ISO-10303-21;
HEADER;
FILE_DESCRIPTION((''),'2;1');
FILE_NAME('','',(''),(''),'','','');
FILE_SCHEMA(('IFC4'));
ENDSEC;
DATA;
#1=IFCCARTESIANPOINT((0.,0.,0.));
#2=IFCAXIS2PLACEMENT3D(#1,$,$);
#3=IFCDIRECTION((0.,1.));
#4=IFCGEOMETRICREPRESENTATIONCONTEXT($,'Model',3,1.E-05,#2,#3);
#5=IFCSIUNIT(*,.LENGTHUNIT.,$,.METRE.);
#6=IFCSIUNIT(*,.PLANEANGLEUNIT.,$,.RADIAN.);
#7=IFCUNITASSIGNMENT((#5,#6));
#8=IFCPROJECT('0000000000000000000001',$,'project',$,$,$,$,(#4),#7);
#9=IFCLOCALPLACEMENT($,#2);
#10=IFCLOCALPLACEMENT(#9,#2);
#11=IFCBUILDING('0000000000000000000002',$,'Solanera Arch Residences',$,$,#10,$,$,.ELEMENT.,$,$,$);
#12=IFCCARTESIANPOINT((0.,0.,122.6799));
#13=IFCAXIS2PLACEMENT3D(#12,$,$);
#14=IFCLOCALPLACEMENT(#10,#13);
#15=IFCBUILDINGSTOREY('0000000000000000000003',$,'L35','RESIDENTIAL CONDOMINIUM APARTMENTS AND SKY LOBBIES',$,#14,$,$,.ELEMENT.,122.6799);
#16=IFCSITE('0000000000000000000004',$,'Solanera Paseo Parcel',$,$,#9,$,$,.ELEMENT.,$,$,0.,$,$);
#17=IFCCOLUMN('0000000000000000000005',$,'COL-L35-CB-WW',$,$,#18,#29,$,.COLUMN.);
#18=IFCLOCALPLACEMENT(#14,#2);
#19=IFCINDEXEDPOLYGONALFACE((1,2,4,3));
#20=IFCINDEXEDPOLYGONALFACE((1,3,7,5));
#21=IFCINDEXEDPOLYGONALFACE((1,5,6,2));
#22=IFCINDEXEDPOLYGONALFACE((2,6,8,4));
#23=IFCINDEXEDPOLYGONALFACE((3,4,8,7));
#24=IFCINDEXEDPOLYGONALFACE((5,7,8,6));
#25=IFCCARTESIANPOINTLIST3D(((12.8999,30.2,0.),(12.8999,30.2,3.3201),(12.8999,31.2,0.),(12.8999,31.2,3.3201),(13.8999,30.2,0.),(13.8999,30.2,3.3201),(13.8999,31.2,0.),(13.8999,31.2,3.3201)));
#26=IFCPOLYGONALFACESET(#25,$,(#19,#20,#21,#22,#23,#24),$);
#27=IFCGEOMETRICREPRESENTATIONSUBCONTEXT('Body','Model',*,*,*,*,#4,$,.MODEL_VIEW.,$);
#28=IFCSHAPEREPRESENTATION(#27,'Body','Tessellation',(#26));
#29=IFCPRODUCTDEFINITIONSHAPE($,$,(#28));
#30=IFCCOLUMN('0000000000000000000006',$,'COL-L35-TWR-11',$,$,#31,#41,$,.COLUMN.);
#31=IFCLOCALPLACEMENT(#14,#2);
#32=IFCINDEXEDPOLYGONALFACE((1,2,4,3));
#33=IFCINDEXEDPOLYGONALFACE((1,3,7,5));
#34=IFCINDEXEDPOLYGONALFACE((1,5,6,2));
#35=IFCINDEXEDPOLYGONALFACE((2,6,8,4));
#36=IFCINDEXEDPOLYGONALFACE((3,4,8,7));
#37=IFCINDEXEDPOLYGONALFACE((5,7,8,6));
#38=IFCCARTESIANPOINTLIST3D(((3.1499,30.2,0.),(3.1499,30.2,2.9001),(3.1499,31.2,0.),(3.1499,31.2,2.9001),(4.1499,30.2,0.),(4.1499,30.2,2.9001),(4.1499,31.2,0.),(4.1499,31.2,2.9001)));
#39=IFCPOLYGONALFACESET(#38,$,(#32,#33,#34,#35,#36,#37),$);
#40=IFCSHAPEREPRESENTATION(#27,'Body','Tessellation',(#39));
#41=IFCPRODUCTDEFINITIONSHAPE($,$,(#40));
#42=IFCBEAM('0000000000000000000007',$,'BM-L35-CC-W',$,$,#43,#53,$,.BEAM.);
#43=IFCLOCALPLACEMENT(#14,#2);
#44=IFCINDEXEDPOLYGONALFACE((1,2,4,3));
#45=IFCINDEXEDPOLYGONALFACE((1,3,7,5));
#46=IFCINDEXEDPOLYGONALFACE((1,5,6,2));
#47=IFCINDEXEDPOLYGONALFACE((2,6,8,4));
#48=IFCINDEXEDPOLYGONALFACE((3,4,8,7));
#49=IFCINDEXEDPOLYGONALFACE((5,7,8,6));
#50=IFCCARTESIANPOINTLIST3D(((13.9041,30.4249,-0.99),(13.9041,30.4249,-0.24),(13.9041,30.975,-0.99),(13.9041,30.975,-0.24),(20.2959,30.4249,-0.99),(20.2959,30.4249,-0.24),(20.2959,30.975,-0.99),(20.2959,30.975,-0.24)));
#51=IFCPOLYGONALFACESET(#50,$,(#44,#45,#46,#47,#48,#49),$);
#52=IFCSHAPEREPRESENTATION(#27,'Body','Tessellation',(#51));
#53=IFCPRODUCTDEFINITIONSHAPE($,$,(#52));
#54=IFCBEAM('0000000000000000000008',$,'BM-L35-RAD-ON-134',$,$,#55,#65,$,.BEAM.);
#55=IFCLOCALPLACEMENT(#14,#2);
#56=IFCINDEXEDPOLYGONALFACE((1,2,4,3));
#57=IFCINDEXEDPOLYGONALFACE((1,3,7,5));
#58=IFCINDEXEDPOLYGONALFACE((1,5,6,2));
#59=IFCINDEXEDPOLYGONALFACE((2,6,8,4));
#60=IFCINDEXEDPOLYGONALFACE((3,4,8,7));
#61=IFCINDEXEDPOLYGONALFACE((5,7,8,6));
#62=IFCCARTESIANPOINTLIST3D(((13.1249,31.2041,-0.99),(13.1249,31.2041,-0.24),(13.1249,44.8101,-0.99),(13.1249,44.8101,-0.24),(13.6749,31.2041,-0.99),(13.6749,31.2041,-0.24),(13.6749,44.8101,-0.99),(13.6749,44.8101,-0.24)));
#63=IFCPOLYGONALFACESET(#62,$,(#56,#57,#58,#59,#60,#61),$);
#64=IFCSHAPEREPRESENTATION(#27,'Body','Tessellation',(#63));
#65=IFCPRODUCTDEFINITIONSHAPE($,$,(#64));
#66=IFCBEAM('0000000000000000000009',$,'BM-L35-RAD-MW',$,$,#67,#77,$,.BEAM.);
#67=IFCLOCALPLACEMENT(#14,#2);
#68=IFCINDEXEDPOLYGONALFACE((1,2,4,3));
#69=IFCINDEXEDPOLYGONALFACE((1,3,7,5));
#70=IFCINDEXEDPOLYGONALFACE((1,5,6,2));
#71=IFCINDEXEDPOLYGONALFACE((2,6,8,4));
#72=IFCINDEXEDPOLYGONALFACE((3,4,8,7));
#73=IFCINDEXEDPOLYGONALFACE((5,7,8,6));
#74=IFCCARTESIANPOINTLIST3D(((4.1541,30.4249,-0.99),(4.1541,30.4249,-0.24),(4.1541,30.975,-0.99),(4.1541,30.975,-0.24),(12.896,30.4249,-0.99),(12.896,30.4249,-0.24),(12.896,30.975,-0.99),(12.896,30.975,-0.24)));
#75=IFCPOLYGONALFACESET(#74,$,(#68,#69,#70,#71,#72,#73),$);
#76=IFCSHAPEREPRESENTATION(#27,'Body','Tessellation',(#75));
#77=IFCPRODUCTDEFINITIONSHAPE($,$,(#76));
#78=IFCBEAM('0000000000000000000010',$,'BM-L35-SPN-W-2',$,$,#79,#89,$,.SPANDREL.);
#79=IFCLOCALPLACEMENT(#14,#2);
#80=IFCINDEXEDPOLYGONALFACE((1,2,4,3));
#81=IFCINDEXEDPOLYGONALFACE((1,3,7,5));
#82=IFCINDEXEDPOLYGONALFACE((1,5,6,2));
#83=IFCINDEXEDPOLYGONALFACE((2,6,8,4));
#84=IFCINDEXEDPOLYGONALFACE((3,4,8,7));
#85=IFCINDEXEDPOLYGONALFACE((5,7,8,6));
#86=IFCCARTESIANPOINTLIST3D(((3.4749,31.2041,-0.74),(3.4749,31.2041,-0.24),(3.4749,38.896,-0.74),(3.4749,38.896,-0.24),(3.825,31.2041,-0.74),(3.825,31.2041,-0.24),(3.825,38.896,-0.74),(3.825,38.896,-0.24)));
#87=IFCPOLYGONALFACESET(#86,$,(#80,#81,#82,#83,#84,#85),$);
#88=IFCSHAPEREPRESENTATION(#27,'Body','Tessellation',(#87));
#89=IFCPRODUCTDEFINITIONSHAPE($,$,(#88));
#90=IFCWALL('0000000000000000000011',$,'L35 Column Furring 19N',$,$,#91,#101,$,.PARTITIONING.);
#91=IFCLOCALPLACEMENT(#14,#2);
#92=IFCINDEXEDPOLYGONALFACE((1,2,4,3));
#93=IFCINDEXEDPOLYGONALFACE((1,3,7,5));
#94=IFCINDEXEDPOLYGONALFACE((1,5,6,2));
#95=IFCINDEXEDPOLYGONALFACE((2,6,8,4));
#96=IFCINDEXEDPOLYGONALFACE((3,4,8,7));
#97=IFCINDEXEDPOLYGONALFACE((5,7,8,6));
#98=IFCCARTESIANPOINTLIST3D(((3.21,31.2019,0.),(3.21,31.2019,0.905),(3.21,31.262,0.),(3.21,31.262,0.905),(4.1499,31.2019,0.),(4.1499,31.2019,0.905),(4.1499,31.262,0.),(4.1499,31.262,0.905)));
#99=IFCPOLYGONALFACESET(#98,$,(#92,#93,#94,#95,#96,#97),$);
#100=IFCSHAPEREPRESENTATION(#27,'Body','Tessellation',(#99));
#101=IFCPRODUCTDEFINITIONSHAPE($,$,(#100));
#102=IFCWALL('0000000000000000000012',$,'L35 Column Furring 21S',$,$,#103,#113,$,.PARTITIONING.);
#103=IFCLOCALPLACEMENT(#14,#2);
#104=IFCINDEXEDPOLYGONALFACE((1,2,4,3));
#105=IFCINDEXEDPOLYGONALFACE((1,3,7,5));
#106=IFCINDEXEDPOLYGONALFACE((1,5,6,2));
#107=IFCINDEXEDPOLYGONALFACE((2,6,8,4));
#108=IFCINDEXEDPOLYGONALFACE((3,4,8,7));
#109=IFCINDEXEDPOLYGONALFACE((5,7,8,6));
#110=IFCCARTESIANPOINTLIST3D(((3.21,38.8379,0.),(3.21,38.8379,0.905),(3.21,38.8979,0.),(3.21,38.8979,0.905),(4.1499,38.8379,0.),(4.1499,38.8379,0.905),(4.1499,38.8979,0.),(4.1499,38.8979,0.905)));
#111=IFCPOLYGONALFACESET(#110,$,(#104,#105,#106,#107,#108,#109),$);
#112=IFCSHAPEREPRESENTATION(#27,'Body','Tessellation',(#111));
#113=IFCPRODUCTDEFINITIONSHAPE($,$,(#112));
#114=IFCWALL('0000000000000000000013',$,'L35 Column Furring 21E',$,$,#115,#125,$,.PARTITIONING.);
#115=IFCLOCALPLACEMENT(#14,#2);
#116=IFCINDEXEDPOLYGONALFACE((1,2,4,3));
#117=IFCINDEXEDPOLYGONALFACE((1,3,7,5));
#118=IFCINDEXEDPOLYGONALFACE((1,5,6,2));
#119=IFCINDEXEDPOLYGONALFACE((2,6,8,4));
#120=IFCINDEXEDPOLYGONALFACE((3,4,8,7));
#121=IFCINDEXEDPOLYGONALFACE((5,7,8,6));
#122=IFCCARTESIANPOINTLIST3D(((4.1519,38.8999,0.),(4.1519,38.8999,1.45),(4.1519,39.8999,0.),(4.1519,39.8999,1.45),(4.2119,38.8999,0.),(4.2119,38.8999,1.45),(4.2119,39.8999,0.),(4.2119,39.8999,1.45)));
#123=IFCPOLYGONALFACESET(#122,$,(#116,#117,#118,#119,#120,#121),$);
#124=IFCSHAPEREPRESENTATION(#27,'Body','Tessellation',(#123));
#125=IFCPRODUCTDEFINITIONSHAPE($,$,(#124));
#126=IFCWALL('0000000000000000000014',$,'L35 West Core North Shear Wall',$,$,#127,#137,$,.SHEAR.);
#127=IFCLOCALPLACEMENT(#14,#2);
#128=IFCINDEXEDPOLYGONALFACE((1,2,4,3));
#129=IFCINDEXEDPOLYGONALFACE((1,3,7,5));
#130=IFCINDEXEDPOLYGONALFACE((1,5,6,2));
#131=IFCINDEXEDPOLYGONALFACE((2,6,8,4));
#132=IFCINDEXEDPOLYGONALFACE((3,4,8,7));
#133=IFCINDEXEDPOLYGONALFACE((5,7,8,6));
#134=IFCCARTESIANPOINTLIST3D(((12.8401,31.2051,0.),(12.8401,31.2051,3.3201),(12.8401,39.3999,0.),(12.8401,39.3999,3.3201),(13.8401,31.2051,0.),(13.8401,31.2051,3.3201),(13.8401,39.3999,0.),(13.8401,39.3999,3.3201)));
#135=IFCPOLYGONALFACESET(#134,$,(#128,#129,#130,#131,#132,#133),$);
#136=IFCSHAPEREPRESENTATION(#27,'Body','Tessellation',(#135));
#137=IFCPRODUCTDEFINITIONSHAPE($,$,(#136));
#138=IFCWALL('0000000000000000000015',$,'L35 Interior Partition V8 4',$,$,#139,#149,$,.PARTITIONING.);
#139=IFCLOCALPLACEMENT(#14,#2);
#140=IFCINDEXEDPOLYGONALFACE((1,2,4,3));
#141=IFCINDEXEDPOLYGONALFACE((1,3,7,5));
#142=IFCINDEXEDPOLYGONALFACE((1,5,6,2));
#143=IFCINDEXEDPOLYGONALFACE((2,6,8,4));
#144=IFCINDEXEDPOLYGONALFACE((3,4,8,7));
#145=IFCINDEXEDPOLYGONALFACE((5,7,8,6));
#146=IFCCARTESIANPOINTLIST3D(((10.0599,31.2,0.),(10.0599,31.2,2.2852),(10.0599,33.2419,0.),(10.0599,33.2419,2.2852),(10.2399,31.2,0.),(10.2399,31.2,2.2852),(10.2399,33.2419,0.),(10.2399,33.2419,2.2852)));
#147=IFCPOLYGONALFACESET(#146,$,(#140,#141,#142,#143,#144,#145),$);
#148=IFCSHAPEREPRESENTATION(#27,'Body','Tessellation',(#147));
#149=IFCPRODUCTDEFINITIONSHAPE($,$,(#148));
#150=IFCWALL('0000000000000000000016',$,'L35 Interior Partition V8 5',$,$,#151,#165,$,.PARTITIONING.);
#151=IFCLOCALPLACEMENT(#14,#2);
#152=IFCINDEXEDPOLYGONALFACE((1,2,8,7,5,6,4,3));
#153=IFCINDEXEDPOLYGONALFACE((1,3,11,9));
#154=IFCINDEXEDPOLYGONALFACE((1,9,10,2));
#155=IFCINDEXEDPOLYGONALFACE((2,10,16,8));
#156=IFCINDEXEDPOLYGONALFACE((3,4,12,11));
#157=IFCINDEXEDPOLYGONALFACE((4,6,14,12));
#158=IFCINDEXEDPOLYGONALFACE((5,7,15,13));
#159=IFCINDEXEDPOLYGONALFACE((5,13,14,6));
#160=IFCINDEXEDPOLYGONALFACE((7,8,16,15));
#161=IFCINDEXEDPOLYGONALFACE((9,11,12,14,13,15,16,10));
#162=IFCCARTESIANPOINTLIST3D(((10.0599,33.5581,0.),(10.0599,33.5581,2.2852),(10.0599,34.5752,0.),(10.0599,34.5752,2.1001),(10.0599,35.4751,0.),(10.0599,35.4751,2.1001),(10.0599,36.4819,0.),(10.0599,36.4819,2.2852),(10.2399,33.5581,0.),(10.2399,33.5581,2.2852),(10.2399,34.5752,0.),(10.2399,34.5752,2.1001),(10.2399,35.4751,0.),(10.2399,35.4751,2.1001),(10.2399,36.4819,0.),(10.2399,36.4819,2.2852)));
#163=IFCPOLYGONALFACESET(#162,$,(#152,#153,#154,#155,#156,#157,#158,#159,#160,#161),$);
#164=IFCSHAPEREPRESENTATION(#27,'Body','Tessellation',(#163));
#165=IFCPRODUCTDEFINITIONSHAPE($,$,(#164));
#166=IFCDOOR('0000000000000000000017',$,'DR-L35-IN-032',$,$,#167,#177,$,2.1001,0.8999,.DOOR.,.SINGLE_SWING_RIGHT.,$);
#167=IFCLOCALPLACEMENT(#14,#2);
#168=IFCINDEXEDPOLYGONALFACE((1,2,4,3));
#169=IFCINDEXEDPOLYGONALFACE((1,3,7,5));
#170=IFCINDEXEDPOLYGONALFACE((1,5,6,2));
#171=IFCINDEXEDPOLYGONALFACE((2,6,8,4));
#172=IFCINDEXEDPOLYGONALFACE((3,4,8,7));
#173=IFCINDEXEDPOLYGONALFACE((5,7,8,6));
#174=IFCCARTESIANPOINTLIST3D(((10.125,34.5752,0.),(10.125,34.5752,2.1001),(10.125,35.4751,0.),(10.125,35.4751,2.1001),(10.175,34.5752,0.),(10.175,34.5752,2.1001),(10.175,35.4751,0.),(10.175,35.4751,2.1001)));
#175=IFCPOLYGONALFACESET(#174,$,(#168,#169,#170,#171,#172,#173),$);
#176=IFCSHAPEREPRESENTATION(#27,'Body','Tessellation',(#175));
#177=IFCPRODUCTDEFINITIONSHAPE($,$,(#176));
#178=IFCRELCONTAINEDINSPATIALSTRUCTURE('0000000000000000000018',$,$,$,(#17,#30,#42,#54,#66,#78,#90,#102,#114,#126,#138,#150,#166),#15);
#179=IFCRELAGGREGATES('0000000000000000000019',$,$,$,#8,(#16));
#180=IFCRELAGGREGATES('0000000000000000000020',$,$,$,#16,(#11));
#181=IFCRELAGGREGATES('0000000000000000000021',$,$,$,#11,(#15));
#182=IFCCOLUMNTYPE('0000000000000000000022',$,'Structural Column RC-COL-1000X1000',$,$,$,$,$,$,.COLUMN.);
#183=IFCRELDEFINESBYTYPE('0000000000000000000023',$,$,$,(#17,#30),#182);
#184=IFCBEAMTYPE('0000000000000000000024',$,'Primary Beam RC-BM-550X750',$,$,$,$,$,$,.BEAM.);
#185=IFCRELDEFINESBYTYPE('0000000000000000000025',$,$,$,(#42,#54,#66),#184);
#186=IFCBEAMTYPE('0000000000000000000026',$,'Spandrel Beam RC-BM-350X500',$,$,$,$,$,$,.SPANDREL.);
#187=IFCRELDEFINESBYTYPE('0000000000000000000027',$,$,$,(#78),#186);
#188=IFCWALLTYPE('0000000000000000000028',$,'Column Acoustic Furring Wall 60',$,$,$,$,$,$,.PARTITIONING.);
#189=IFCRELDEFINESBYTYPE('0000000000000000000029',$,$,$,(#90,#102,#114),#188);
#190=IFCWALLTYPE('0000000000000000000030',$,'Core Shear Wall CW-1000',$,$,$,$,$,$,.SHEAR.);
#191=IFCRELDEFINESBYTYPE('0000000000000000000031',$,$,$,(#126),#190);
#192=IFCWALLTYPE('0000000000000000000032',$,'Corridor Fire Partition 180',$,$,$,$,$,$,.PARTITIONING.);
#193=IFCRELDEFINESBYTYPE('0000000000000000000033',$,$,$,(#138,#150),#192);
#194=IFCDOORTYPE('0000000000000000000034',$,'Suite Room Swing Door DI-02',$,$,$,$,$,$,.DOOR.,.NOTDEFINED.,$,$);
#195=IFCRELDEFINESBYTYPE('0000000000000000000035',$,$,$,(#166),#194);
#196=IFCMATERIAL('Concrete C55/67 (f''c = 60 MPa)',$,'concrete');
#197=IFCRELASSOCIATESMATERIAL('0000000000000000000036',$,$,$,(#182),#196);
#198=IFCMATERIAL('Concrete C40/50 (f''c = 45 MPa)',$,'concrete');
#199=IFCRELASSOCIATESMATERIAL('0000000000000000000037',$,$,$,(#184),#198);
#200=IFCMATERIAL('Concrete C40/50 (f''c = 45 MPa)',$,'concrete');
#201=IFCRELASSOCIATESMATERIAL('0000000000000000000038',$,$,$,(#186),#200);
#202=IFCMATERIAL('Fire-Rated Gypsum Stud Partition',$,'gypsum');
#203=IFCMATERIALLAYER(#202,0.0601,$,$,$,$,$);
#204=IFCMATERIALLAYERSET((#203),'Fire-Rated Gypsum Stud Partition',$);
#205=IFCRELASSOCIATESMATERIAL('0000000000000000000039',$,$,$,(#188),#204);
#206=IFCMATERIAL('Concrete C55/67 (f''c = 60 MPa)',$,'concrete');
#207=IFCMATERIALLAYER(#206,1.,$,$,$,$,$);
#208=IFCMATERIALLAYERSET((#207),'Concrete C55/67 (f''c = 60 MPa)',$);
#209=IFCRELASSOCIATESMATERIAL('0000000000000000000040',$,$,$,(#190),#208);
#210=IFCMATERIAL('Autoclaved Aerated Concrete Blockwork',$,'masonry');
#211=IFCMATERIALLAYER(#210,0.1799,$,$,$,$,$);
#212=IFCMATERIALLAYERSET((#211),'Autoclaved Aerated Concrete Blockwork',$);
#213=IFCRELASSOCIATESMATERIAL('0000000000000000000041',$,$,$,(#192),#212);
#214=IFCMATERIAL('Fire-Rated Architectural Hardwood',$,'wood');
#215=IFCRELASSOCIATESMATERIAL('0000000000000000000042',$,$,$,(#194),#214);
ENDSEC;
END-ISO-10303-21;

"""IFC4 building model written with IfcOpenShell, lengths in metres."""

from ifc_helpers import new_model, si_unit, direction, frame, frame_2d, origin, origin_2d, place, context, subcontext, project, spatial, rectangle, extrude, material, layer, layer_set, material_profile, profile_set, type_object, element, fill, save


model = new_model("IFC4")

# Units and contexts
model_context = context("Model", 3, precision=1e-05, world=origin(), true_north=direction((0.0, 1.0)))
body_context = subcontext(model_context, "Body", "Model", "MODEL_VIEW")
ifc_project = project(units=[si_unit("LENGTHUNIT", "METRE"), si_unit("PLANEANGLEUNIT", "RADIAN")], contexts=[model_context])

# Site, building, storey
site_placement = place(None, origin())
site = spatial("IfcSite", under=ifc_project, at=site_placement, Name="Solanera Paseo Parcel", CompositionType="ELEMENT", RefElevation=0.0)
building_placement = place(site_placement, origin())
building = spatial("IfcBuilding", under=site, at=building_placement, Name="Solanera Arch Residences", CompositionType="ELEMENT")
storey_placement = place(building_placement, frame((0.0, 0.0, 122.6799)))
storey = spatial("IfcBuildingStorey", under=building, at=storey_placement, Name="L35", Description="RESIDENTIAL CONDOMINIUM APARTMENTS AND SKY LOBBIES", CompositionType="ELEMENT", Elevation=122.6799)

# Columns
ifc_material_1 = material(Name="Concrete C55/67 (f'c = 60 MPa)", Category="concrete")
ifc_material_profile_1 = material_profile(ifc_material_1, rectangle(XDim=1.0, YDim=1.0, at=origin_2d()))
ifc_profile_set_1 = profile_set([ifc_material_profile_1], Name="Concrete C55/67 (f'c = 60 MPa)")
column_type = type_object("IfcColumnType", Name="Structural Column RC-COL-1000X1000", PredefinedType="COLUMN", material=ifc_profile_set_1)
column_1_placement = place(storey_placement, frame((13.3999, 30.7, 0.0), z_axis=(0.0, 0.0, 1.0), x_axis=(1.0, 0.0, 0.0)))
element("IfcColumn", 1, at=column_1_placement, inside=storey, type_object=column_type, Name="COL-L35-CB-WW", PredefinedType="COLUMN", context=body_context, shape_type="SweptSolid", body=[
    extrude(rectangle(XDim=1.0, YDim=1.0, at=origin_2d()), origin(), (0.0, 0.0, 1.0), 3.3201),
])
column_2_placement = place(storey_placement, frame((3.6499, 30.7, 0.0), z_axis=(0.0, 0.0, 1.0), x_axis=(1.0, 0.0, 0.0)))
element("IfcColumn", 2, at=column_2_placement, inside=storey, type_object=column_type, Name="COL-L35-TWR-11", PredefinedType="COLUMN", context=body_context, shape_type="SweptSolid", body=[
    extrude(rectangle(XDim=1.0, YDim=1.0, at=origin_2d()), origin(), (0.0, 0.0, 1.0), 2.9001),
])

# Beams
ifc_material_2 = material(Name="Concrete C40/50 (f'c = 45 MPa)", Category="concrete")
ifc_material_profile_2 = material_profile(ifc_material_2, rectangle(XDim=0.55, YDim=0.75, at=origin_2d()))
ifc_profile_set_2 = profile_set([ifc_material_profile_2], Name="Concrete C40/50 (f'c = 45 MPa)")
beam_type_1 = type_object("IfcBeamType", Name="Primary Beam RC-BM-550X750", PredefinedType="BEAM", material=ifc_profile_set_2)
beam_1_placement = place(storey_placement, frame((13.9041, 30.7, -0.615), z_axis=(1.0, 0.0, 0.0), x_axis=(0.0, 1.0, 0.0)))
element("IfcBeam", 3, at=beam_1_placement, inside=storey, type_object=beam_type_1, Name="BM-L35-CC-W", PredefinedType="BEAM", context=body_context, shape_type="SweptSolid", body=[
    extrude(rectangle(XDim=0.55, YDim=0.75, at=origin_2d()), origin(), (0.0, 0.0, 1.0), 6.3918),
])
beam_2_placement = place(storey_placement, frame((13.3999, 31.2041, -0.615), z_axis=(0.0, 1.0, 0.0), x_axis=(-1.0, 0.0, 0.0)))
element("IfcBeam", 4, at=beam_2_placement, inside=storey, type_object=beam_type_1, Name="BM-L35-RAD-ON-134", PredefinedType="BEAM", context=body_context, shape_type="SweptSolid", body=[
    extrude(rectangle(XDim=0.55, YDim=0.75, at=origin_2d()), origin(), (0.0, 0.0, 1.0), 13.606),
])
beam_3_placement = place(storey_placement, frame((4.1541, 30.7, -0.615), z_axis=(1.0, 0.0, 0.0), x_axis=(0.0, 1.0, 0.0)))
element("IfcBeam", 5, at=beam_3_placement, inside=storey, type_object=beam_type_1, Name="BM-L35-RAD-MW", PredefinedType="BEAM", context=body_context, shape_type="SweptSolid", body=[
    extrude(rectangle(XDim=0.55, YDim=0.75, at=origin_2d()), origin(), (0.0, 0.0, 1.0), 8.7419),
])
ifc_material_3 = material(Name="Concrete C40/50 (f'c = 45 MPa)", Category="concrete")
ifc_material_profile_3 = material_profile(ifc_material_3, rectangle(XDim=0.3501, YDim=0.5, at=origin_2d()))
ifc_profile_set_3 = profile_set([ifc_material_profile_3], Name="Concrete C40/50 (f'c = 45 MPa)")
beam_type_2 = type_object("IfcBeamType", Name="Spandrel Beam RC-BM-350X500", PredefinedType="SPANDREL", material=ifc_profile_set_3)
beam_4_placement = place(storey_placement, frame((3.6499, 31.2041, -0.49), z_axis=(0.0, 1.0, 0.0), x_axis=(-1.0, 0.0, 0.0)))
element("IfcBeam", 6, at=beam_4_placement, inside=storey, type_object=beam_type_2, Name="BM-L35-SPN-W-2", PredefinedType="SPANDREL", context=body_context, shape_type="SweptSolid", body=[
    extrude(rectangle(XDim=0.3501, YDim=0.5, at=origin_2d()), origin(), (0.0, 0.0, 1.0), 7.6919),
])

# Walls
ifc_material_4 = material(Name="Fire-Rated Gypsum Stud Partition", Category="gypsum")
ifc_layer_1 = layer(ifc_material_4, 0.0601)
ifc_layer_set_1 = layer_set([ifc_layer_1], Name="Fire-Rated Gypsum Stud Partition")
wall_type_1 = type_object("IfcWallType", Name="Column Acoustic Furring Wall 60", PredefinedType="PARTITIONING", material=ifc_layer_set_1)
for number, where, z_axis, x_axis, name in (
    (7, (3.21, 31.2319, 0.0), (0.0, 0.0, 1.0), (1.0, 0.0, 0.0), "L35 Column Furring 19N"),
    (8, (3.21, 38.8679, 0.0), (0.0, 0.0, 1.0), (1.0, 0.0, 0.0), "L35 Column Furring 21S"),
):
    element("IfcWall", number, at=place(storey_placement, frame(where, z_axis=z_axis, x_axis=x_axis)), inside=storey, type_object=wall_type_1, Name=name, PredefinedType="PARTITIONING", context=body_context, shape_type="SweptSolid", body=[
        extrude(rectangle(XDim=0.9399, YDim=0.0601, at=frame_2d((0.47, 0.0))), origin(), (0.0, 0.0, 1.0), 0.905),
    ])
wall_1_placement = place(storey_placement, frame((4.1819, 38.8999, 0.0), z_axis=(0.0, 0.0, 1.0), x_axis=(0.0, 1.0, 0.0)))
element("IfcWall", 9, at=wall_1_placement, inside=storey, type_object=wall_type_1, Name="L35 Column Furring 21E", PredefinedType="PARTITIONING", context=body_context, shape_type="SweptSolid", body=[
    extrude(rectangle(XDim=1.0, YDim=0.0601, at=frame_2d((0.5, 0.0))), origin(), (0.0, 0.0, 1.0), 1.45),
])
ifc_material_5 = material(Name="Concrete C55/67 (f'c = 60 MPa)", Category="concrete")
ifc_layer_2 = layer(ifc_material_5, 1.0)
ifc_layer_set_2 = layer_set([ifc_layer_2], Name="Concrete C55/67 (f'c = 60 MPa)")
wall_type_2 = type_object("IfcWallType", Name="Core Shear Wall CW-1000", PredefinedType="SHEAR", material=ifc_layer_set_2)
wall_2_placement = place(storey_placement, frame((13.3401, 31.2051, 0.0), z_axis=(0.0, 0.0, 1.0), x_axis=(0.0, 1.0, 0.0)))
element("IfcWall", 10, at=wall_2_placement, inside=storey, type_object=wall_type_2, Name="L35 West Core North Shear Wall", PredefinedType="SHEAR", context=body_context, shape_type="SweptSolid", body=[
    extrude(rectangle(XDim=8.1948, YDim=1.0, at=frame_2d((4.0974, 0.0))), origin(), (0.0, 0.0, 1.0), 3.3201),
])
ifc_material_6 = material(Name="Autoclaved Aerated Concrete Blockwork", Category="masonry")
ifc_layer_3 = layer(ifc_material_6, 0.1799)
ifc_layer_set_3 = layer_set([ifc_layer_3], Name="Autoclaved Aerated Concrete Blockwork")
wall_type_3 = type_object("IfcWallType", Name="Corridor Fire Partition 180", PredefinedType="PARTITIONING", material=ifc_layer_set_3)
wall_3_placement = place(storey_placement, frame((10.1499, 31.2, 0.0), z_axis=(0.0, 0.0, 1.0), x_axis=(0.0, 1.0, 0.0)))
element("IfcWall", 11, at=wall_3_placement, inside=storey, type_object=wall_type_3, Name="L35 Interior Partition V8 4", PredefinedType="PARTITIONING", context=body_context, shape_type="SweptSolid", body=[
    extrude(rectangle(XDim=2.042, YDim=0.1799, at=frame_2d((1.021, 0.0))), origin(), (0.0, 0.0, 1.0), 2.2852),
])

# Wall, opening, door
wall_4_placement = place(storey_placement, frame((10.1499, 33.5581, 0.0), z_axis=(0.0, 0.0, 1.0), x_axis=(0.0, 1.0, 0.0)))
wall_4 = element("IfcWall", 12, at=wall_4_placement, inside=storey, type_object=wall_type_3, Name="L35 Interior Partition V8 5", PredefinedType="PARTITIONING", context=body_context, shape_type="SweptSolid", body=[
    extrude(rectangle(XDim=2.9238, YDim=0.1799, at=frame_2d((1.4619, 0.0))), origin(), (0.0, 0.0, 1.0), 2.2852),
])
opening_placement = place(wall_4_placement, frame((1.0171, 0.0, 0.0)))
opening = element("IfcOpeningElement", 13, at=opening_placement, cuts=wall_4, PredefinedType="OPENING", context=body_context, shape_type="SweptSolid", body=[
    extrude(rectangle(XDim=0.8999, YDim=2.1001, at=frame_2d((0.45, 1.05))), frame((0.0, 0.1001, 0.0), z_axis=(0.0, -1.0, 0.0), x_axis=(1.0, 0.0, 0.0)), (0.0, 0.0, 1.0), 0.1999),
])
ifc_material_7 = material(Name="Fire-Rated Architectural Hardwood", Category="wood")
door_type = type_object("IfcDoorType", Name="Suite Room Swing Door DI-02", OperationType="NOTDEFINED", PredefinedType="DOOR", material=ifc_material_7)
door_placement = place(opening_placement, origin())
door = element("IfcDoor", 14, at=door_placement, inside=storey, type_object=door_type, Name="DR-L35-IN-032", OperationType="SINGLE_SWING_RIGHT", OverallHeight=2.1001, OverallWidth=0.8999, PredefinedType="DOOR", context=body_context, shape_type="SweptSolid", body=[
    extrude(rectangle(XDim=0.8999, YDim=2.1001, at=frame_2d((0.45, 1.05))), frame((0.0, 0.0249, 0.0), z_axis=(0.0, -1.0, 0.0), x_axis=(1.0, 0.0, 0.0)), (0.0, 0.0, 1.0), 0.05),
])
fill(opening, door)

save(model, "model.ifc")
